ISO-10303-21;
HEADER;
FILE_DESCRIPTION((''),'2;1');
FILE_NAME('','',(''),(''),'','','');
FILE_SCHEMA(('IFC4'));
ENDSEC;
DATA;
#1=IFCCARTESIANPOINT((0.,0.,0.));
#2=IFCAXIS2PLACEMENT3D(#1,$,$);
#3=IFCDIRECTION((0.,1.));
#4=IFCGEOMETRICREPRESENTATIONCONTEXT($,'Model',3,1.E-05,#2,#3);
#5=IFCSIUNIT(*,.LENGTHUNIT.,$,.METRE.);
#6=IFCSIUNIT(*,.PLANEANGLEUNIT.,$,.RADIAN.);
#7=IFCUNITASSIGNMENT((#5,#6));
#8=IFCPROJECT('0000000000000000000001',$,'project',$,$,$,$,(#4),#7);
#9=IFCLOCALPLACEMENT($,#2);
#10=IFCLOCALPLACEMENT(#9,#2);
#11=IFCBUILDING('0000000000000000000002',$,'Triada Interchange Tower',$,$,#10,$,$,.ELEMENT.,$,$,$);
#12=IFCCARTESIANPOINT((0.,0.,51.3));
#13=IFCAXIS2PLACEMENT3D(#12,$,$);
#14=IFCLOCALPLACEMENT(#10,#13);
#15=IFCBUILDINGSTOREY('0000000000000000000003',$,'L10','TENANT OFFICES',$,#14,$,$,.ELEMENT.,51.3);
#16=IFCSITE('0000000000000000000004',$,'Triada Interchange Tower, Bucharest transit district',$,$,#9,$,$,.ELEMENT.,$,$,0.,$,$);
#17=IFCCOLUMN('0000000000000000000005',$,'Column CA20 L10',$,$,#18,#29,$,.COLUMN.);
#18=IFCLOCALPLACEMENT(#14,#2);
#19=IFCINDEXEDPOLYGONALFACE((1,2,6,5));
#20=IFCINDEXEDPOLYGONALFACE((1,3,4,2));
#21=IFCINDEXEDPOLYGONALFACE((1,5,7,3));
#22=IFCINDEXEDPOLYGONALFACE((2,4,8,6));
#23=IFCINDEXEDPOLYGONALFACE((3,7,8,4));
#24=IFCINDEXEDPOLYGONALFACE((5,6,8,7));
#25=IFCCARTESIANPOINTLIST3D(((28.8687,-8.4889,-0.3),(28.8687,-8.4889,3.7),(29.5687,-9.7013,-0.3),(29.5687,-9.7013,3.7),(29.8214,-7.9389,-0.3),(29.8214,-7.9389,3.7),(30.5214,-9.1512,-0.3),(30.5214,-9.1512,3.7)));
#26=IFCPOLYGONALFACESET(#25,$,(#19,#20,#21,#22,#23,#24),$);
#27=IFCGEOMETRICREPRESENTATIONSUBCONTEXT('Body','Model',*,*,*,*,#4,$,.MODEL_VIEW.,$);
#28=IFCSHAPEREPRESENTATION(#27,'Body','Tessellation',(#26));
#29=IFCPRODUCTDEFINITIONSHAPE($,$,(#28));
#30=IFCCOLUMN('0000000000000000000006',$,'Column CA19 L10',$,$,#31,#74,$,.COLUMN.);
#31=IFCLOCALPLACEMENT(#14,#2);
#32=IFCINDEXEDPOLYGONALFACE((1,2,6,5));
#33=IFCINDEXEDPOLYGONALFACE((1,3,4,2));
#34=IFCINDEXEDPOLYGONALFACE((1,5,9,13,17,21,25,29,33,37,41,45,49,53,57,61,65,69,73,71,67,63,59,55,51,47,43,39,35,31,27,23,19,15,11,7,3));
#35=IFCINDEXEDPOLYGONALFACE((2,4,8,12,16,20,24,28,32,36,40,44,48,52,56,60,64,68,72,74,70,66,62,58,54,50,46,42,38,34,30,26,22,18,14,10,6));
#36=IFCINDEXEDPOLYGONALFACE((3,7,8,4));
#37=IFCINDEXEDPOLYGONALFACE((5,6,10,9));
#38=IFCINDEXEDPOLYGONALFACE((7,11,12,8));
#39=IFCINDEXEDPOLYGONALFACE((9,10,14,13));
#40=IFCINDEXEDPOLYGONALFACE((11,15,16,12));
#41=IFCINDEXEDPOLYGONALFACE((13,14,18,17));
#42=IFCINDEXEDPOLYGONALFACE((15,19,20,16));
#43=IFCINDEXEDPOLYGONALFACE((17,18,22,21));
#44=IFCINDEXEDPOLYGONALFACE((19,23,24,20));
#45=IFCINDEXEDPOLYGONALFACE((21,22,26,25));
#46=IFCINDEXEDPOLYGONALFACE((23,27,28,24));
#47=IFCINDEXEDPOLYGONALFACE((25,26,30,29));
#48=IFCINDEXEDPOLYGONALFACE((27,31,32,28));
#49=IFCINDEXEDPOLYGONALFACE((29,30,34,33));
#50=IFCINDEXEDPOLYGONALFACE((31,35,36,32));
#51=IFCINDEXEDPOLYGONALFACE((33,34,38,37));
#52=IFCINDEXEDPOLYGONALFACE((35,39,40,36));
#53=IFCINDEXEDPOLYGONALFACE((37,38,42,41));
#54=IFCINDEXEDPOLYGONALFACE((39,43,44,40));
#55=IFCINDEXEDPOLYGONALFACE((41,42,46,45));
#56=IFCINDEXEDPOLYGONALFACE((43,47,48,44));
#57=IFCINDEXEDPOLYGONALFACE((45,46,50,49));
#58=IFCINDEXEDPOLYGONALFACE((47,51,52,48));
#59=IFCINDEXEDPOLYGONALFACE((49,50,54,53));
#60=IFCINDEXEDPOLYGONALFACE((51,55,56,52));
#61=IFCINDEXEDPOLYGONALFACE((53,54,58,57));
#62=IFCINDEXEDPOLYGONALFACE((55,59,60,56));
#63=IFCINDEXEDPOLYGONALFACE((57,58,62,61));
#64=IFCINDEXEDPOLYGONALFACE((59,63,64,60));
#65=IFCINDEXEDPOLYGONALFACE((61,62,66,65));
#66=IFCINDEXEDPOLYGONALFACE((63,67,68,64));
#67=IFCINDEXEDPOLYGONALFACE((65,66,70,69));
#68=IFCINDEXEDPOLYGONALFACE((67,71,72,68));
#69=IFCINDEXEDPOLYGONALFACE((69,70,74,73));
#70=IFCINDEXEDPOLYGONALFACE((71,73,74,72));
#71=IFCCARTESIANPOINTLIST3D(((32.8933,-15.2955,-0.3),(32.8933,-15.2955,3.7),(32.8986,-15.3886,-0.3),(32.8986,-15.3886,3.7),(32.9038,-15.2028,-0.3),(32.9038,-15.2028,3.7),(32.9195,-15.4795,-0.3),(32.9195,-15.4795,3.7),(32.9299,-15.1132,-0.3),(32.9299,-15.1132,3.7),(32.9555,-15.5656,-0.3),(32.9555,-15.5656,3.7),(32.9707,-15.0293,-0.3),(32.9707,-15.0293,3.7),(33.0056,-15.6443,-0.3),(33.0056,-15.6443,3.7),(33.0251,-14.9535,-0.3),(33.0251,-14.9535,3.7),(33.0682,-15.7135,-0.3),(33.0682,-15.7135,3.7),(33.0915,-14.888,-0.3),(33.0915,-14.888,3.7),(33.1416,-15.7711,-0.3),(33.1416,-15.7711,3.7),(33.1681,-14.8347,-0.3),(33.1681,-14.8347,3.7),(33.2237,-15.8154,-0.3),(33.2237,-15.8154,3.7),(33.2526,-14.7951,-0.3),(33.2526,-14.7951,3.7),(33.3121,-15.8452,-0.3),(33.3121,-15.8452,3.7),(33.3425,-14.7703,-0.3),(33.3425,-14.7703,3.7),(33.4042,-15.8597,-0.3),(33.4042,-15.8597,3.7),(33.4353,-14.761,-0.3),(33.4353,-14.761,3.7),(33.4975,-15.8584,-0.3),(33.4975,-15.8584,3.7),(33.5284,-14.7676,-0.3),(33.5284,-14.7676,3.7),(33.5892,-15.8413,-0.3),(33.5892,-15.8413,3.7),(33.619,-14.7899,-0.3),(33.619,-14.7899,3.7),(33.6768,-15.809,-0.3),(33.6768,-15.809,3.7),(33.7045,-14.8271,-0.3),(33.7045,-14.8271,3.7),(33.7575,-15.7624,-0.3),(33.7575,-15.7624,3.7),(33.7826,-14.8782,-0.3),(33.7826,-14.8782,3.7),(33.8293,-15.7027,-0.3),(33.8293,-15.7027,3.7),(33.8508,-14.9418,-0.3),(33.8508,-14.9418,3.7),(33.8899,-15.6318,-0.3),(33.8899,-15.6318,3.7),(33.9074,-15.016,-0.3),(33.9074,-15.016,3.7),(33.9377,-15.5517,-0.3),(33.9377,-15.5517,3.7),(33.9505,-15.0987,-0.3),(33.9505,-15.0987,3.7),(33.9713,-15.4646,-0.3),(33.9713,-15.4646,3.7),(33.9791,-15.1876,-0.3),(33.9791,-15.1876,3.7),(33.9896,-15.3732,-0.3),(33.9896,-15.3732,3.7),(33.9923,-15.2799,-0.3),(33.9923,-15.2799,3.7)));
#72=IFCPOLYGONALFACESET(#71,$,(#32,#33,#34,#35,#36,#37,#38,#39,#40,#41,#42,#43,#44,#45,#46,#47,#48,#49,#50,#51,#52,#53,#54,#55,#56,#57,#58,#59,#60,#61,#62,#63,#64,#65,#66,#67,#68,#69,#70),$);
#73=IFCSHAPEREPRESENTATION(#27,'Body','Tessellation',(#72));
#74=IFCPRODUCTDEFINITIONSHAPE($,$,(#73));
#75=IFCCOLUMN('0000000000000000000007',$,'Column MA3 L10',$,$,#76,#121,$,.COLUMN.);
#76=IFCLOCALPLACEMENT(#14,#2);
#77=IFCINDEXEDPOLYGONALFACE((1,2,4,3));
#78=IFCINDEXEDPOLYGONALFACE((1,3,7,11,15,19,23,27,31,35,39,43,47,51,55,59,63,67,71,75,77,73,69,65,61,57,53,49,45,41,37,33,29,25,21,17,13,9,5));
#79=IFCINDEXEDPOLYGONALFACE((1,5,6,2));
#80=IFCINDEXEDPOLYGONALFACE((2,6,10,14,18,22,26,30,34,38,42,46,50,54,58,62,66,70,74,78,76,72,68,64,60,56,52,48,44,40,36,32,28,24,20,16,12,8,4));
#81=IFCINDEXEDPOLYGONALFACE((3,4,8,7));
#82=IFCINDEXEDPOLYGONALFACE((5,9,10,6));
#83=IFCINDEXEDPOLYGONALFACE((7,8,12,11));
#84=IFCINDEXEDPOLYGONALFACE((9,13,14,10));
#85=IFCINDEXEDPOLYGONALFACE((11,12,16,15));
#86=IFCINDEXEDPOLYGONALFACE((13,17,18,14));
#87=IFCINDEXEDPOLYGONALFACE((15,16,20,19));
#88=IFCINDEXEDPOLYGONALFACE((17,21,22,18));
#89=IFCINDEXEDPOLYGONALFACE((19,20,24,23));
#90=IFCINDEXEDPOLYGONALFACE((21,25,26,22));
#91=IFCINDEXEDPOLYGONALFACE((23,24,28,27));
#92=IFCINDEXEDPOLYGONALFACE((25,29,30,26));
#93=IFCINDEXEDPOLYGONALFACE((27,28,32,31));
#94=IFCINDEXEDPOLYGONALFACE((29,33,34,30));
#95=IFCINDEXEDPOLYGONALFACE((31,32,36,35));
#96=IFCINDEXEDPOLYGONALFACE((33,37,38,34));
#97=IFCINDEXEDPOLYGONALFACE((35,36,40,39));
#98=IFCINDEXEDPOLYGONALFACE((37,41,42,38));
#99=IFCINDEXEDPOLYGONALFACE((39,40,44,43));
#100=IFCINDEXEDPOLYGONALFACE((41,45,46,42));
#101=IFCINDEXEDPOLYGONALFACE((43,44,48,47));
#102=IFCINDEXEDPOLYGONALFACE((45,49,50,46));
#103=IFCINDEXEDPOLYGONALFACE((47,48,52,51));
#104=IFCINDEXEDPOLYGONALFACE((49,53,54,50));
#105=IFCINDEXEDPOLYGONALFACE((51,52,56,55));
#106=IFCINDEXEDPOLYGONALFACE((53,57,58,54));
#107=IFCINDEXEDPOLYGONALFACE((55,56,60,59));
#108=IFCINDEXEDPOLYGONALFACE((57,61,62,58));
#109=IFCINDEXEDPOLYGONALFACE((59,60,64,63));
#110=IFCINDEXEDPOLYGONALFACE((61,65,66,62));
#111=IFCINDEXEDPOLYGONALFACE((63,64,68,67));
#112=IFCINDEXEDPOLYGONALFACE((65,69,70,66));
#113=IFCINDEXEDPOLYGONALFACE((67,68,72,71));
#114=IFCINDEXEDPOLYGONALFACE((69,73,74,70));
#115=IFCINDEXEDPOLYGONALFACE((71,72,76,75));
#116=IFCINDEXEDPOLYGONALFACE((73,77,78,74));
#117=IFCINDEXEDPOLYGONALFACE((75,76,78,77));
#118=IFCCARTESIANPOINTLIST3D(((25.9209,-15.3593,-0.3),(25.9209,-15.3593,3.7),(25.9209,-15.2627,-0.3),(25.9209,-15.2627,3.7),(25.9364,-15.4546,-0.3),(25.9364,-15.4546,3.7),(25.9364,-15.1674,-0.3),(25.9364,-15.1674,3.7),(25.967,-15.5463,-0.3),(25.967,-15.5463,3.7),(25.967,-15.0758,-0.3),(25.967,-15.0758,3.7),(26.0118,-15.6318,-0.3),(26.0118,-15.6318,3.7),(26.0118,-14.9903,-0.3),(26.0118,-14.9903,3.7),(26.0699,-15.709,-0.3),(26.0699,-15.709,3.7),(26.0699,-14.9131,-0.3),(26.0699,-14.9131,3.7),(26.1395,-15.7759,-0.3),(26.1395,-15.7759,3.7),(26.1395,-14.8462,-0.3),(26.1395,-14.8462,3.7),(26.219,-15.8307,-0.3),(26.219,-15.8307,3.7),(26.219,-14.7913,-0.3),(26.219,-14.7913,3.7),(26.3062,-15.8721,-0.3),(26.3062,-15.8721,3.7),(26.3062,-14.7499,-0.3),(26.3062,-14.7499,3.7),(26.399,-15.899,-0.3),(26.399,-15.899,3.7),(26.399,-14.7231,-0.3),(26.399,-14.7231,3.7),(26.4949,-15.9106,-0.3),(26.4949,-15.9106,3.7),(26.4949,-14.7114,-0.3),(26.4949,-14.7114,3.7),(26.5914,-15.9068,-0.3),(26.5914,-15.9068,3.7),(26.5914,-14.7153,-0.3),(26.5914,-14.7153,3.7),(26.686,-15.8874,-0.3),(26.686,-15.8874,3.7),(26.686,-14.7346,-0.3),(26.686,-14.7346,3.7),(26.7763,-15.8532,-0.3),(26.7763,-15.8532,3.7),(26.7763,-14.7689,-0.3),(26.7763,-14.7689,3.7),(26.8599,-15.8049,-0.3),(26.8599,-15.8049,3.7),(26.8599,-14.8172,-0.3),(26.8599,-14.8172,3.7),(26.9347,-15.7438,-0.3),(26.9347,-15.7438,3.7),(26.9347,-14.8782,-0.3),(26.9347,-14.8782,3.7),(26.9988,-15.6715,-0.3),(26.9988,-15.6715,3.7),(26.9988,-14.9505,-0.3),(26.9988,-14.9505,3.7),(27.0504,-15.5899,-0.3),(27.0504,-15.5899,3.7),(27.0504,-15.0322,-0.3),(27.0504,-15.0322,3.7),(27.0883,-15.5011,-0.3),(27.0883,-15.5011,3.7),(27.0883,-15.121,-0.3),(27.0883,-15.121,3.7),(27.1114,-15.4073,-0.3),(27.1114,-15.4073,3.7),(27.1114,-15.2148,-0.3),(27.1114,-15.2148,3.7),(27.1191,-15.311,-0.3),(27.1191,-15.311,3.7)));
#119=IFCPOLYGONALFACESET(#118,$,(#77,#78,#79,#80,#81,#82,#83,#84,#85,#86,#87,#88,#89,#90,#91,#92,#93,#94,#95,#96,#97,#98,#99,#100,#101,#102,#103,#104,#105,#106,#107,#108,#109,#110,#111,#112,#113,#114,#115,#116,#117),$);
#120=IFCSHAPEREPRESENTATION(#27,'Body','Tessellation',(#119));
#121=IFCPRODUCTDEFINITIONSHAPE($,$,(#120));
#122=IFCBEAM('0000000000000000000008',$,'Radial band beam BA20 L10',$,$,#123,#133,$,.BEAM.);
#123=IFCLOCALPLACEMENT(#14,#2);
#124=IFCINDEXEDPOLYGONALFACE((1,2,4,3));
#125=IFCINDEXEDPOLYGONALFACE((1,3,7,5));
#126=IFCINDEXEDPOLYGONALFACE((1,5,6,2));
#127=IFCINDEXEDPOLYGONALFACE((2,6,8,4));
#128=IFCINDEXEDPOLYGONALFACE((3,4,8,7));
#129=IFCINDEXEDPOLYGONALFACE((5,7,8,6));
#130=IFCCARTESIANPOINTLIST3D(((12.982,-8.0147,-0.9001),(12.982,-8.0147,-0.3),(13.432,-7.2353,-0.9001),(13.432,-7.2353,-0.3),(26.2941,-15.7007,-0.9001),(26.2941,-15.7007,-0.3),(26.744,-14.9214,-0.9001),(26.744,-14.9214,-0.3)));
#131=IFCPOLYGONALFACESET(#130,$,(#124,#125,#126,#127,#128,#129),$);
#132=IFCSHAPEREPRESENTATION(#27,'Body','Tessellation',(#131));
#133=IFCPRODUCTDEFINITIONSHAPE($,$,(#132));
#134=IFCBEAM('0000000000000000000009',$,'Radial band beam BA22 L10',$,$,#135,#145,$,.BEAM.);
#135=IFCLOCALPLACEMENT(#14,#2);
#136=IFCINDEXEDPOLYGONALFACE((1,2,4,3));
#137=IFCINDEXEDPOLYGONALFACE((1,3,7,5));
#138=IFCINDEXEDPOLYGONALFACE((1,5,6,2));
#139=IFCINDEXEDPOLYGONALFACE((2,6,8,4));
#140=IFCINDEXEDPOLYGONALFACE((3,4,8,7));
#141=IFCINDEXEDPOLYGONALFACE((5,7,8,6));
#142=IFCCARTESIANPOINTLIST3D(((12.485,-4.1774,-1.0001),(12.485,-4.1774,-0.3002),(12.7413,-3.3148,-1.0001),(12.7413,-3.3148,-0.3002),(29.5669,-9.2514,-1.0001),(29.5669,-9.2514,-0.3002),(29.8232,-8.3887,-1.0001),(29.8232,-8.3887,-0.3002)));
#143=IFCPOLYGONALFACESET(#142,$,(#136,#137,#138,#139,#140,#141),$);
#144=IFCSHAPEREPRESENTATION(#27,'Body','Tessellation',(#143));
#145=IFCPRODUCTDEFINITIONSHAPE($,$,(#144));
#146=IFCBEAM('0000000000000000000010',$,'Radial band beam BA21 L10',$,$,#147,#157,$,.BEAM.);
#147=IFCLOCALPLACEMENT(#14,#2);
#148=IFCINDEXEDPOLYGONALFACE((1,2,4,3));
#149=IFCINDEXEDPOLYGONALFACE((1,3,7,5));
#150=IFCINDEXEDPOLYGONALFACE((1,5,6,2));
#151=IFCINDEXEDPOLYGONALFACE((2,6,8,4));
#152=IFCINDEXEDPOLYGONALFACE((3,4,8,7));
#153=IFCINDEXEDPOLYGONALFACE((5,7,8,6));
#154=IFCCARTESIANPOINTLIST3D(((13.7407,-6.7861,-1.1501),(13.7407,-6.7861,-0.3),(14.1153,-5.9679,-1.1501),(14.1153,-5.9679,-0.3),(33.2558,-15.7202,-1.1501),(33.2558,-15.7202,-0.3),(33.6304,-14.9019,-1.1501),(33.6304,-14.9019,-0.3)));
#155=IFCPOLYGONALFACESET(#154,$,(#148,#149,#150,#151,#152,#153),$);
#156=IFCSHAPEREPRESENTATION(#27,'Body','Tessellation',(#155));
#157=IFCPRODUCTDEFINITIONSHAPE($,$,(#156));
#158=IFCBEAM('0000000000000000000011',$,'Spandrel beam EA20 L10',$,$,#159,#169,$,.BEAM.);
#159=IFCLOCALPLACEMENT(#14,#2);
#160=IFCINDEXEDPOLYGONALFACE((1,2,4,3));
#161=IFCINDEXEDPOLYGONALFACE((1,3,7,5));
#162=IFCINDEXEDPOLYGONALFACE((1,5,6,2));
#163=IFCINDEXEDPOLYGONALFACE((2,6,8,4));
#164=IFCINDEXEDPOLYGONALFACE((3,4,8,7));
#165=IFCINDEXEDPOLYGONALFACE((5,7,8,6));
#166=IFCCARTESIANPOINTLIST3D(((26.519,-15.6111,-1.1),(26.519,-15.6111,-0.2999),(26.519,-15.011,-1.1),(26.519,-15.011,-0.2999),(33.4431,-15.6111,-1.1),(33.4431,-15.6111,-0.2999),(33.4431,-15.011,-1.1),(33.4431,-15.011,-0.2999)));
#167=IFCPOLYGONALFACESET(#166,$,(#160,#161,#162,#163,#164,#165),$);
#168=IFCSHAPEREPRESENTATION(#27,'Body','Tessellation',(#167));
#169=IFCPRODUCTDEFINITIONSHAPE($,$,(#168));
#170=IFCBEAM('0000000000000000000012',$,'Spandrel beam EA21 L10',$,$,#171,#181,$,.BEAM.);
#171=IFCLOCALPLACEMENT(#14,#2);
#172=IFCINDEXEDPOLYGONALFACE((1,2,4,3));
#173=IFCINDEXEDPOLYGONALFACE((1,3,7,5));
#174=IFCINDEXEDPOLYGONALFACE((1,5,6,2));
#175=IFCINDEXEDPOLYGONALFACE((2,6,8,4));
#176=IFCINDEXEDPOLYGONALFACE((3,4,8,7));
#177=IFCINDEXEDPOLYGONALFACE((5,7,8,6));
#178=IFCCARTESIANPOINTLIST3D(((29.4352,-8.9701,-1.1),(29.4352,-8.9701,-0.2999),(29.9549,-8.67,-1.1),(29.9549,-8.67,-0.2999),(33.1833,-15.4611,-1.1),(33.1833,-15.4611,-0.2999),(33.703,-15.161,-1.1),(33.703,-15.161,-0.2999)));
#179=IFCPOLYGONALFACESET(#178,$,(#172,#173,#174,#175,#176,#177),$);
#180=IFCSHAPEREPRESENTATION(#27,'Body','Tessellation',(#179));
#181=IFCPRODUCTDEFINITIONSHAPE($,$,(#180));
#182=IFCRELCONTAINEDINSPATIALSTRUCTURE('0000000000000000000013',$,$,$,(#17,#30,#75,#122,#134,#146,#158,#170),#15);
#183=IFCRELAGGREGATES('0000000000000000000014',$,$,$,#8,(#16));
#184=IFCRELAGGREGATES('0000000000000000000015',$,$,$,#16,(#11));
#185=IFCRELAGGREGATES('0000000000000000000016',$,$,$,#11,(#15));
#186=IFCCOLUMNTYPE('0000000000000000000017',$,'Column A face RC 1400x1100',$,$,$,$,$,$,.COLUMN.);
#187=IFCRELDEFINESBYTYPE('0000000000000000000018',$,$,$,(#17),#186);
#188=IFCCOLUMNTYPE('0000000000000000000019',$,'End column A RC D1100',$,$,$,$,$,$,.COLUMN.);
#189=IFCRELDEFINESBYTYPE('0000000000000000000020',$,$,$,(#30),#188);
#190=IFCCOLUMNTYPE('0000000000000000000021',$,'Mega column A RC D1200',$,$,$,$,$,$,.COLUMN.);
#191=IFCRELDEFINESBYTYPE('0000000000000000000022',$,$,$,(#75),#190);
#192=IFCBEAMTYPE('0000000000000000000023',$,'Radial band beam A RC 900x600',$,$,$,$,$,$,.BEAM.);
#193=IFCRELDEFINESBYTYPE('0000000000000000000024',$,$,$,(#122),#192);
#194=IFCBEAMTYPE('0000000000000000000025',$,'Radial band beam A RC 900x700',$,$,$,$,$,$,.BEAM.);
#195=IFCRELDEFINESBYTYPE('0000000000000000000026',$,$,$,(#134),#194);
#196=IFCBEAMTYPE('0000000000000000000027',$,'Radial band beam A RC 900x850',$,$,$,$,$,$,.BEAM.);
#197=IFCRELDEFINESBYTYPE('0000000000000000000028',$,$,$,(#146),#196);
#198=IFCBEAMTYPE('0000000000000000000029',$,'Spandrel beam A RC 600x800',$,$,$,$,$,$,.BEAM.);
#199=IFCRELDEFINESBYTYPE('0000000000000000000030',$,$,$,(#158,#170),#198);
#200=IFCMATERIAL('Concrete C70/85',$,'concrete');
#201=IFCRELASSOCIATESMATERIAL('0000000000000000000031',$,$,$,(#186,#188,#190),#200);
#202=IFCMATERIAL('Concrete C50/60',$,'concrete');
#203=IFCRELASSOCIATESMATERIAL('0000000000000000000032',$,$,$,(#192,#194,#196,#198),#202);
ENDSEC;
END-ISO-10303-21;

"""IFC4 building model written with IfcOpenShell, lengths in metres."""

from ifc_helpers import new_model, si_unit, direction, frame, origin, origin_2d, place, context, subcontext, project, spatial, rectangle, circle, extrude, material, material_profile, profile_set, type_object, element, save


model = new_model("IFC4")

# Units and contexts
model_context = context("Model", 3, precision=1e-05, world=origin(), true_north=direction((0.0, 1.0)))
body_context = subcontext(model_context, "Body", "Model", "MODEL_VIEW")
ifc_project = project(units=[si_unit("LENGTHUNIT", "METRE"), si_unit("PLANEANGLEUNIT", "RADIAN")], contexts=[model_context])

# Site, building, storey
site_placement = place(None, origin())
site = spatial("IfcSite", under=ifc_project, at=site_placement, Name="Triada Interchange Tower, Bucharest transit district", CompositionType="ELEMENT", RefElevation=0.0)
building_placement = place(site_placement, origin())
building = spatial("IfcBuilding", under=site, at=building_placement, Name="Triada Interchange Tower", CompositionType="ELEMENT")
storey_placement = place(building_placement, frame((0.0, 0.0, 51.3)))
storey = spatial("IfcBuildingStorey", under=building, at=storey_placement, Name="L10", Description="TENANT OFFICES", CompositionType="ELEMENT", Elevation=51.3)

# Columns
ifc_material_1 = material(Name="Concrete C70/85", Category="concrete")
ifc_material_profile_1 = material_profile(ifc_material_1, rectangle(XDim=1.3999, YDim=1.1001, at=origin_2d()), Name="RC 1400x1100")
ifc_profile_set_1 = profile_set([ifc_material_profile_1], Name="Concrete C70/85")
column_type_1 = type_object("IfcColumnType", Name="Column A face RC 1400x1100", PredefinedType="COLUMN", material=ifc_profile_set_1)
column_1_placement = place(storey_placement, frame((29.6951, -8.8201, -0.3), z_axis=(0.0, 0.0, 1.0), x_axis=(-0.5, 0.866025, 0.0)))
element("IfcColumn", 1, at=column_1_placement, inside=storey, type_object=column_type_1, Name="Column CA20 L10", PredefinedType="COLUMN", context=body_context, shape_type="SweptSolid", body=[
    extrude(rectangle(XDim=1.3999, YDim=1.1001, at=origin_2d()), origin(), (0.0, 0.0, 1.0), 4.0),
])
ifc_material_profile_2 = material_profile(ifc_material_1, circle(Radius=0.55, at=origin_2d()), Name="RC D1100")
ifc_profile_set_2 = profile_set([ifc_material_profile_2], Name="Concrete C70/85")
column_type_2 = type_object("IfcColumnType", Name="End column A RC D1100", PredefinedType="COLUMN", material=ifc_profile_set_2)
column_2_placement = place(storey_placement, frame((33.4431, -15.311, -0.3), z_axis=(0.0, 0.0, 1.0), x_axis=(-0.5, 0.866025, 0.0)))
element("IfcColumn", 2, at=column_2_placement, inside=storey, type_object=column_type_2, Name="Column CA19 L10", PredefinedType="COLUMN", context=body_context, shape_type="SweptSolid", body=[
    extrude(circle(Radius=0.55, at=origin_2d()), origin(), (0.0, 0.0, 1.0), 4.0),
])
ifc_material_profile_3 = material_profile(ifc_material_1, circle(Radius=0.6001, at=origin_2d()), Name="RC D1200")
ifc_profile_set_3 = profile_set([ifc_material_profile_3], Name="Concrete C70/85")
column_type_3 = type_object("IfcColumnType", Name="Mega column A RC D1200", PredefinedType="COLUMN", material=ifc_profile_set_3)
column_3_placement = place(storey_placement, frame((26.519, -15.311, -0.3), z_axis=(0.0, 0.0, 1.0), x_axis=(1.0, 0.0, 0.0)))
element("IfcColumn", 3, at=column_3_placement, inside=storey, type_object=column_type_3, Name="Column MA3 L10", PredefinedType="COLUMN", context=body_context, shape_type="SweptSolid", body=[
    extrude(circle(Radius=0.6001, at=origin_2d()), origin(), (0.0, 0.0, 1.0), 4.0),
])

# Beams
ifc_material_2 = material(Name="Concrete C50/60", Category="concrete")
ifc_material_profile_4 = material_profile(ifc_material_2, rectangle(XDim=0.8999, YDim=0.6001, at=origin_2d()), Name="RC 900x600")
ifc_profile_set_4 = profile_set([ifc_material_profile_4], Name="Concrete C50/60")
beam_type_1 = type_object("IfcBeamType", Name="Radial band beam A RC 900x600", PredefinedType="BEAM", material=ifc_profile_set_4)
beam_1_placement = place(storey_placement, frame((26.519, -15.311, -0.6001), z_axis=(-0.866016, 0.500017, 0.0), x_axis=(-0.500017, -0.866016, 0.0)))
element("IfcBeam", 4, at=beam_1_placement, inside=storey, type_object=beam_type_1, Name="Radial band beam BA20 L10", PredefinedType="BEAM", context=body_context, shape_type="SweptSolid", body=[
    extrude(rectangle(XDim=0.8999, YDim=0.6001, at=origin_2d()), origin(), (0.0, 0.0, 1.0), 15.3716),
])
ifc_material_profile_5 = material_profile(ifc_material_2, rectangle(XDim=0.8999, YDim=0.7, at=origin_2d()), Name="RC 900x700")
ifc_profile_set_5 = profile_set([ifc_material_profile_5], Name="Concrete C50/60")
beam_type_2 = type_object("IfcBeamType", Name="Radial band beam A RC 900x700", PredefinedType="BEAM", material=ifc_profile_set_5)
beam_2_placement = place(storey_placement, frame((29.6951, -8.8201, -0.6501), z_axis=(-0.958605, 0.28474, 0.0), x_axis=(-0.28474, -0.958605, 0.0)))
element("IfcBeam", 5, at=beam_2_placement, inside=storey, type_object=beam_type_2, Name="Radial band beam BA22 L10", PredefinedType="BEAM", context=body_context, shape_type="SweptSolid", body=[
    extrude(rectangle(XDim=0.8999, YDim=0.7, at=origin_2d()), origin(), (0.0, 0.0, 1.0), 17.8196),
])
ifc_material_profile_6 = material_profile(ifc_material_2, rectangle(XDim=0.8999, YDim=0.8501, at=origin_2d()), Name="RC 900x850")
ifc_profile_set_6 = profile_set([ifc_material_profile_6], Name="Concrete C50/60")
beam_type_3 = type_object("IfcBeamType", Name="Radial band beam A RC 900x850", PredefinedType="BEAM", material=ifc_profile_set_6)
beam_3_placement = place(storey_placement, frame((33.4431, -15.311, -0.7251), z_axis=(-0.909247, 0.416256, 0.0), x_axis=(-0.416256, -0.909247, 0.0)))
element("IfcBeam", 6, at=beam_3_placement, inside=storey, type_object=beam_type_3, Name="Radial band beam BA21 L10", PredefinedType="BEAM", context=body_context, shape_type="SweptSolid", body=[
    extrude(rectangle(XDim=0.8999, YDim=0.8501, at=origin_2d()), origin(), (0.0, 0.0, 1.0), 21.4629),
])
ifc_material_profile_7 = material_profile(ifc_material_2, rectangle(XDim=0.6001, YDim=0.8, at=origin_2d()), Name="RC 600x800")
ifc_profile_set_7 = profile_set([ifc_material_profile_7], Name="Concrete C50/60")
beam_type_4 = type_object("IfcBeamType", Name="Spandrel beam A RC 600x800", PredefinedType="BEAM", material=ifc_profile_set_7)
beam_4_placement = place(storey_placement, frame((26.519, -15.311, -0.7), z_axis=(1.0, 0.0, 0.0), x_axis=(0.0, 1.0, 0.0)))
element("IfcBeam", 7, at=beam_4_placement, inside=storey, type_object=beam_type_4, Name="Spandrel beam EA20 L10", PredefinedType="BEAM", context=body_context, shape_type="SweptSolid", body=[
    extrude(rectangle(XDim=0.6001, YDim=0.8, at=origin_2d()), origin(), (0.0, 0.0, 1.0), 6.9241),
])
beam_5_placement = place(storey_placement, frame((33.4431, -15.311, -0.7), z_axis=(-0.500049, 0.865997, 0.0), x_axis=(-0.865997, -0.500049, 0.0)))
element("IfcBeam", 8, at=beam_5_placement, inside=storey, type_object=beam_type_4, Name="Spandrel beam EA21 L10", PredefinedType="BEAM", context=body_context, shape_type="SweptSolid", body=[
    extrude(rectangle(XDim=0.6001, YDim=0.8, at=origin_2d()), origin(), (0.0, 0.0, 1.0), 7.4954),
])

save(model, "model.ifc")
